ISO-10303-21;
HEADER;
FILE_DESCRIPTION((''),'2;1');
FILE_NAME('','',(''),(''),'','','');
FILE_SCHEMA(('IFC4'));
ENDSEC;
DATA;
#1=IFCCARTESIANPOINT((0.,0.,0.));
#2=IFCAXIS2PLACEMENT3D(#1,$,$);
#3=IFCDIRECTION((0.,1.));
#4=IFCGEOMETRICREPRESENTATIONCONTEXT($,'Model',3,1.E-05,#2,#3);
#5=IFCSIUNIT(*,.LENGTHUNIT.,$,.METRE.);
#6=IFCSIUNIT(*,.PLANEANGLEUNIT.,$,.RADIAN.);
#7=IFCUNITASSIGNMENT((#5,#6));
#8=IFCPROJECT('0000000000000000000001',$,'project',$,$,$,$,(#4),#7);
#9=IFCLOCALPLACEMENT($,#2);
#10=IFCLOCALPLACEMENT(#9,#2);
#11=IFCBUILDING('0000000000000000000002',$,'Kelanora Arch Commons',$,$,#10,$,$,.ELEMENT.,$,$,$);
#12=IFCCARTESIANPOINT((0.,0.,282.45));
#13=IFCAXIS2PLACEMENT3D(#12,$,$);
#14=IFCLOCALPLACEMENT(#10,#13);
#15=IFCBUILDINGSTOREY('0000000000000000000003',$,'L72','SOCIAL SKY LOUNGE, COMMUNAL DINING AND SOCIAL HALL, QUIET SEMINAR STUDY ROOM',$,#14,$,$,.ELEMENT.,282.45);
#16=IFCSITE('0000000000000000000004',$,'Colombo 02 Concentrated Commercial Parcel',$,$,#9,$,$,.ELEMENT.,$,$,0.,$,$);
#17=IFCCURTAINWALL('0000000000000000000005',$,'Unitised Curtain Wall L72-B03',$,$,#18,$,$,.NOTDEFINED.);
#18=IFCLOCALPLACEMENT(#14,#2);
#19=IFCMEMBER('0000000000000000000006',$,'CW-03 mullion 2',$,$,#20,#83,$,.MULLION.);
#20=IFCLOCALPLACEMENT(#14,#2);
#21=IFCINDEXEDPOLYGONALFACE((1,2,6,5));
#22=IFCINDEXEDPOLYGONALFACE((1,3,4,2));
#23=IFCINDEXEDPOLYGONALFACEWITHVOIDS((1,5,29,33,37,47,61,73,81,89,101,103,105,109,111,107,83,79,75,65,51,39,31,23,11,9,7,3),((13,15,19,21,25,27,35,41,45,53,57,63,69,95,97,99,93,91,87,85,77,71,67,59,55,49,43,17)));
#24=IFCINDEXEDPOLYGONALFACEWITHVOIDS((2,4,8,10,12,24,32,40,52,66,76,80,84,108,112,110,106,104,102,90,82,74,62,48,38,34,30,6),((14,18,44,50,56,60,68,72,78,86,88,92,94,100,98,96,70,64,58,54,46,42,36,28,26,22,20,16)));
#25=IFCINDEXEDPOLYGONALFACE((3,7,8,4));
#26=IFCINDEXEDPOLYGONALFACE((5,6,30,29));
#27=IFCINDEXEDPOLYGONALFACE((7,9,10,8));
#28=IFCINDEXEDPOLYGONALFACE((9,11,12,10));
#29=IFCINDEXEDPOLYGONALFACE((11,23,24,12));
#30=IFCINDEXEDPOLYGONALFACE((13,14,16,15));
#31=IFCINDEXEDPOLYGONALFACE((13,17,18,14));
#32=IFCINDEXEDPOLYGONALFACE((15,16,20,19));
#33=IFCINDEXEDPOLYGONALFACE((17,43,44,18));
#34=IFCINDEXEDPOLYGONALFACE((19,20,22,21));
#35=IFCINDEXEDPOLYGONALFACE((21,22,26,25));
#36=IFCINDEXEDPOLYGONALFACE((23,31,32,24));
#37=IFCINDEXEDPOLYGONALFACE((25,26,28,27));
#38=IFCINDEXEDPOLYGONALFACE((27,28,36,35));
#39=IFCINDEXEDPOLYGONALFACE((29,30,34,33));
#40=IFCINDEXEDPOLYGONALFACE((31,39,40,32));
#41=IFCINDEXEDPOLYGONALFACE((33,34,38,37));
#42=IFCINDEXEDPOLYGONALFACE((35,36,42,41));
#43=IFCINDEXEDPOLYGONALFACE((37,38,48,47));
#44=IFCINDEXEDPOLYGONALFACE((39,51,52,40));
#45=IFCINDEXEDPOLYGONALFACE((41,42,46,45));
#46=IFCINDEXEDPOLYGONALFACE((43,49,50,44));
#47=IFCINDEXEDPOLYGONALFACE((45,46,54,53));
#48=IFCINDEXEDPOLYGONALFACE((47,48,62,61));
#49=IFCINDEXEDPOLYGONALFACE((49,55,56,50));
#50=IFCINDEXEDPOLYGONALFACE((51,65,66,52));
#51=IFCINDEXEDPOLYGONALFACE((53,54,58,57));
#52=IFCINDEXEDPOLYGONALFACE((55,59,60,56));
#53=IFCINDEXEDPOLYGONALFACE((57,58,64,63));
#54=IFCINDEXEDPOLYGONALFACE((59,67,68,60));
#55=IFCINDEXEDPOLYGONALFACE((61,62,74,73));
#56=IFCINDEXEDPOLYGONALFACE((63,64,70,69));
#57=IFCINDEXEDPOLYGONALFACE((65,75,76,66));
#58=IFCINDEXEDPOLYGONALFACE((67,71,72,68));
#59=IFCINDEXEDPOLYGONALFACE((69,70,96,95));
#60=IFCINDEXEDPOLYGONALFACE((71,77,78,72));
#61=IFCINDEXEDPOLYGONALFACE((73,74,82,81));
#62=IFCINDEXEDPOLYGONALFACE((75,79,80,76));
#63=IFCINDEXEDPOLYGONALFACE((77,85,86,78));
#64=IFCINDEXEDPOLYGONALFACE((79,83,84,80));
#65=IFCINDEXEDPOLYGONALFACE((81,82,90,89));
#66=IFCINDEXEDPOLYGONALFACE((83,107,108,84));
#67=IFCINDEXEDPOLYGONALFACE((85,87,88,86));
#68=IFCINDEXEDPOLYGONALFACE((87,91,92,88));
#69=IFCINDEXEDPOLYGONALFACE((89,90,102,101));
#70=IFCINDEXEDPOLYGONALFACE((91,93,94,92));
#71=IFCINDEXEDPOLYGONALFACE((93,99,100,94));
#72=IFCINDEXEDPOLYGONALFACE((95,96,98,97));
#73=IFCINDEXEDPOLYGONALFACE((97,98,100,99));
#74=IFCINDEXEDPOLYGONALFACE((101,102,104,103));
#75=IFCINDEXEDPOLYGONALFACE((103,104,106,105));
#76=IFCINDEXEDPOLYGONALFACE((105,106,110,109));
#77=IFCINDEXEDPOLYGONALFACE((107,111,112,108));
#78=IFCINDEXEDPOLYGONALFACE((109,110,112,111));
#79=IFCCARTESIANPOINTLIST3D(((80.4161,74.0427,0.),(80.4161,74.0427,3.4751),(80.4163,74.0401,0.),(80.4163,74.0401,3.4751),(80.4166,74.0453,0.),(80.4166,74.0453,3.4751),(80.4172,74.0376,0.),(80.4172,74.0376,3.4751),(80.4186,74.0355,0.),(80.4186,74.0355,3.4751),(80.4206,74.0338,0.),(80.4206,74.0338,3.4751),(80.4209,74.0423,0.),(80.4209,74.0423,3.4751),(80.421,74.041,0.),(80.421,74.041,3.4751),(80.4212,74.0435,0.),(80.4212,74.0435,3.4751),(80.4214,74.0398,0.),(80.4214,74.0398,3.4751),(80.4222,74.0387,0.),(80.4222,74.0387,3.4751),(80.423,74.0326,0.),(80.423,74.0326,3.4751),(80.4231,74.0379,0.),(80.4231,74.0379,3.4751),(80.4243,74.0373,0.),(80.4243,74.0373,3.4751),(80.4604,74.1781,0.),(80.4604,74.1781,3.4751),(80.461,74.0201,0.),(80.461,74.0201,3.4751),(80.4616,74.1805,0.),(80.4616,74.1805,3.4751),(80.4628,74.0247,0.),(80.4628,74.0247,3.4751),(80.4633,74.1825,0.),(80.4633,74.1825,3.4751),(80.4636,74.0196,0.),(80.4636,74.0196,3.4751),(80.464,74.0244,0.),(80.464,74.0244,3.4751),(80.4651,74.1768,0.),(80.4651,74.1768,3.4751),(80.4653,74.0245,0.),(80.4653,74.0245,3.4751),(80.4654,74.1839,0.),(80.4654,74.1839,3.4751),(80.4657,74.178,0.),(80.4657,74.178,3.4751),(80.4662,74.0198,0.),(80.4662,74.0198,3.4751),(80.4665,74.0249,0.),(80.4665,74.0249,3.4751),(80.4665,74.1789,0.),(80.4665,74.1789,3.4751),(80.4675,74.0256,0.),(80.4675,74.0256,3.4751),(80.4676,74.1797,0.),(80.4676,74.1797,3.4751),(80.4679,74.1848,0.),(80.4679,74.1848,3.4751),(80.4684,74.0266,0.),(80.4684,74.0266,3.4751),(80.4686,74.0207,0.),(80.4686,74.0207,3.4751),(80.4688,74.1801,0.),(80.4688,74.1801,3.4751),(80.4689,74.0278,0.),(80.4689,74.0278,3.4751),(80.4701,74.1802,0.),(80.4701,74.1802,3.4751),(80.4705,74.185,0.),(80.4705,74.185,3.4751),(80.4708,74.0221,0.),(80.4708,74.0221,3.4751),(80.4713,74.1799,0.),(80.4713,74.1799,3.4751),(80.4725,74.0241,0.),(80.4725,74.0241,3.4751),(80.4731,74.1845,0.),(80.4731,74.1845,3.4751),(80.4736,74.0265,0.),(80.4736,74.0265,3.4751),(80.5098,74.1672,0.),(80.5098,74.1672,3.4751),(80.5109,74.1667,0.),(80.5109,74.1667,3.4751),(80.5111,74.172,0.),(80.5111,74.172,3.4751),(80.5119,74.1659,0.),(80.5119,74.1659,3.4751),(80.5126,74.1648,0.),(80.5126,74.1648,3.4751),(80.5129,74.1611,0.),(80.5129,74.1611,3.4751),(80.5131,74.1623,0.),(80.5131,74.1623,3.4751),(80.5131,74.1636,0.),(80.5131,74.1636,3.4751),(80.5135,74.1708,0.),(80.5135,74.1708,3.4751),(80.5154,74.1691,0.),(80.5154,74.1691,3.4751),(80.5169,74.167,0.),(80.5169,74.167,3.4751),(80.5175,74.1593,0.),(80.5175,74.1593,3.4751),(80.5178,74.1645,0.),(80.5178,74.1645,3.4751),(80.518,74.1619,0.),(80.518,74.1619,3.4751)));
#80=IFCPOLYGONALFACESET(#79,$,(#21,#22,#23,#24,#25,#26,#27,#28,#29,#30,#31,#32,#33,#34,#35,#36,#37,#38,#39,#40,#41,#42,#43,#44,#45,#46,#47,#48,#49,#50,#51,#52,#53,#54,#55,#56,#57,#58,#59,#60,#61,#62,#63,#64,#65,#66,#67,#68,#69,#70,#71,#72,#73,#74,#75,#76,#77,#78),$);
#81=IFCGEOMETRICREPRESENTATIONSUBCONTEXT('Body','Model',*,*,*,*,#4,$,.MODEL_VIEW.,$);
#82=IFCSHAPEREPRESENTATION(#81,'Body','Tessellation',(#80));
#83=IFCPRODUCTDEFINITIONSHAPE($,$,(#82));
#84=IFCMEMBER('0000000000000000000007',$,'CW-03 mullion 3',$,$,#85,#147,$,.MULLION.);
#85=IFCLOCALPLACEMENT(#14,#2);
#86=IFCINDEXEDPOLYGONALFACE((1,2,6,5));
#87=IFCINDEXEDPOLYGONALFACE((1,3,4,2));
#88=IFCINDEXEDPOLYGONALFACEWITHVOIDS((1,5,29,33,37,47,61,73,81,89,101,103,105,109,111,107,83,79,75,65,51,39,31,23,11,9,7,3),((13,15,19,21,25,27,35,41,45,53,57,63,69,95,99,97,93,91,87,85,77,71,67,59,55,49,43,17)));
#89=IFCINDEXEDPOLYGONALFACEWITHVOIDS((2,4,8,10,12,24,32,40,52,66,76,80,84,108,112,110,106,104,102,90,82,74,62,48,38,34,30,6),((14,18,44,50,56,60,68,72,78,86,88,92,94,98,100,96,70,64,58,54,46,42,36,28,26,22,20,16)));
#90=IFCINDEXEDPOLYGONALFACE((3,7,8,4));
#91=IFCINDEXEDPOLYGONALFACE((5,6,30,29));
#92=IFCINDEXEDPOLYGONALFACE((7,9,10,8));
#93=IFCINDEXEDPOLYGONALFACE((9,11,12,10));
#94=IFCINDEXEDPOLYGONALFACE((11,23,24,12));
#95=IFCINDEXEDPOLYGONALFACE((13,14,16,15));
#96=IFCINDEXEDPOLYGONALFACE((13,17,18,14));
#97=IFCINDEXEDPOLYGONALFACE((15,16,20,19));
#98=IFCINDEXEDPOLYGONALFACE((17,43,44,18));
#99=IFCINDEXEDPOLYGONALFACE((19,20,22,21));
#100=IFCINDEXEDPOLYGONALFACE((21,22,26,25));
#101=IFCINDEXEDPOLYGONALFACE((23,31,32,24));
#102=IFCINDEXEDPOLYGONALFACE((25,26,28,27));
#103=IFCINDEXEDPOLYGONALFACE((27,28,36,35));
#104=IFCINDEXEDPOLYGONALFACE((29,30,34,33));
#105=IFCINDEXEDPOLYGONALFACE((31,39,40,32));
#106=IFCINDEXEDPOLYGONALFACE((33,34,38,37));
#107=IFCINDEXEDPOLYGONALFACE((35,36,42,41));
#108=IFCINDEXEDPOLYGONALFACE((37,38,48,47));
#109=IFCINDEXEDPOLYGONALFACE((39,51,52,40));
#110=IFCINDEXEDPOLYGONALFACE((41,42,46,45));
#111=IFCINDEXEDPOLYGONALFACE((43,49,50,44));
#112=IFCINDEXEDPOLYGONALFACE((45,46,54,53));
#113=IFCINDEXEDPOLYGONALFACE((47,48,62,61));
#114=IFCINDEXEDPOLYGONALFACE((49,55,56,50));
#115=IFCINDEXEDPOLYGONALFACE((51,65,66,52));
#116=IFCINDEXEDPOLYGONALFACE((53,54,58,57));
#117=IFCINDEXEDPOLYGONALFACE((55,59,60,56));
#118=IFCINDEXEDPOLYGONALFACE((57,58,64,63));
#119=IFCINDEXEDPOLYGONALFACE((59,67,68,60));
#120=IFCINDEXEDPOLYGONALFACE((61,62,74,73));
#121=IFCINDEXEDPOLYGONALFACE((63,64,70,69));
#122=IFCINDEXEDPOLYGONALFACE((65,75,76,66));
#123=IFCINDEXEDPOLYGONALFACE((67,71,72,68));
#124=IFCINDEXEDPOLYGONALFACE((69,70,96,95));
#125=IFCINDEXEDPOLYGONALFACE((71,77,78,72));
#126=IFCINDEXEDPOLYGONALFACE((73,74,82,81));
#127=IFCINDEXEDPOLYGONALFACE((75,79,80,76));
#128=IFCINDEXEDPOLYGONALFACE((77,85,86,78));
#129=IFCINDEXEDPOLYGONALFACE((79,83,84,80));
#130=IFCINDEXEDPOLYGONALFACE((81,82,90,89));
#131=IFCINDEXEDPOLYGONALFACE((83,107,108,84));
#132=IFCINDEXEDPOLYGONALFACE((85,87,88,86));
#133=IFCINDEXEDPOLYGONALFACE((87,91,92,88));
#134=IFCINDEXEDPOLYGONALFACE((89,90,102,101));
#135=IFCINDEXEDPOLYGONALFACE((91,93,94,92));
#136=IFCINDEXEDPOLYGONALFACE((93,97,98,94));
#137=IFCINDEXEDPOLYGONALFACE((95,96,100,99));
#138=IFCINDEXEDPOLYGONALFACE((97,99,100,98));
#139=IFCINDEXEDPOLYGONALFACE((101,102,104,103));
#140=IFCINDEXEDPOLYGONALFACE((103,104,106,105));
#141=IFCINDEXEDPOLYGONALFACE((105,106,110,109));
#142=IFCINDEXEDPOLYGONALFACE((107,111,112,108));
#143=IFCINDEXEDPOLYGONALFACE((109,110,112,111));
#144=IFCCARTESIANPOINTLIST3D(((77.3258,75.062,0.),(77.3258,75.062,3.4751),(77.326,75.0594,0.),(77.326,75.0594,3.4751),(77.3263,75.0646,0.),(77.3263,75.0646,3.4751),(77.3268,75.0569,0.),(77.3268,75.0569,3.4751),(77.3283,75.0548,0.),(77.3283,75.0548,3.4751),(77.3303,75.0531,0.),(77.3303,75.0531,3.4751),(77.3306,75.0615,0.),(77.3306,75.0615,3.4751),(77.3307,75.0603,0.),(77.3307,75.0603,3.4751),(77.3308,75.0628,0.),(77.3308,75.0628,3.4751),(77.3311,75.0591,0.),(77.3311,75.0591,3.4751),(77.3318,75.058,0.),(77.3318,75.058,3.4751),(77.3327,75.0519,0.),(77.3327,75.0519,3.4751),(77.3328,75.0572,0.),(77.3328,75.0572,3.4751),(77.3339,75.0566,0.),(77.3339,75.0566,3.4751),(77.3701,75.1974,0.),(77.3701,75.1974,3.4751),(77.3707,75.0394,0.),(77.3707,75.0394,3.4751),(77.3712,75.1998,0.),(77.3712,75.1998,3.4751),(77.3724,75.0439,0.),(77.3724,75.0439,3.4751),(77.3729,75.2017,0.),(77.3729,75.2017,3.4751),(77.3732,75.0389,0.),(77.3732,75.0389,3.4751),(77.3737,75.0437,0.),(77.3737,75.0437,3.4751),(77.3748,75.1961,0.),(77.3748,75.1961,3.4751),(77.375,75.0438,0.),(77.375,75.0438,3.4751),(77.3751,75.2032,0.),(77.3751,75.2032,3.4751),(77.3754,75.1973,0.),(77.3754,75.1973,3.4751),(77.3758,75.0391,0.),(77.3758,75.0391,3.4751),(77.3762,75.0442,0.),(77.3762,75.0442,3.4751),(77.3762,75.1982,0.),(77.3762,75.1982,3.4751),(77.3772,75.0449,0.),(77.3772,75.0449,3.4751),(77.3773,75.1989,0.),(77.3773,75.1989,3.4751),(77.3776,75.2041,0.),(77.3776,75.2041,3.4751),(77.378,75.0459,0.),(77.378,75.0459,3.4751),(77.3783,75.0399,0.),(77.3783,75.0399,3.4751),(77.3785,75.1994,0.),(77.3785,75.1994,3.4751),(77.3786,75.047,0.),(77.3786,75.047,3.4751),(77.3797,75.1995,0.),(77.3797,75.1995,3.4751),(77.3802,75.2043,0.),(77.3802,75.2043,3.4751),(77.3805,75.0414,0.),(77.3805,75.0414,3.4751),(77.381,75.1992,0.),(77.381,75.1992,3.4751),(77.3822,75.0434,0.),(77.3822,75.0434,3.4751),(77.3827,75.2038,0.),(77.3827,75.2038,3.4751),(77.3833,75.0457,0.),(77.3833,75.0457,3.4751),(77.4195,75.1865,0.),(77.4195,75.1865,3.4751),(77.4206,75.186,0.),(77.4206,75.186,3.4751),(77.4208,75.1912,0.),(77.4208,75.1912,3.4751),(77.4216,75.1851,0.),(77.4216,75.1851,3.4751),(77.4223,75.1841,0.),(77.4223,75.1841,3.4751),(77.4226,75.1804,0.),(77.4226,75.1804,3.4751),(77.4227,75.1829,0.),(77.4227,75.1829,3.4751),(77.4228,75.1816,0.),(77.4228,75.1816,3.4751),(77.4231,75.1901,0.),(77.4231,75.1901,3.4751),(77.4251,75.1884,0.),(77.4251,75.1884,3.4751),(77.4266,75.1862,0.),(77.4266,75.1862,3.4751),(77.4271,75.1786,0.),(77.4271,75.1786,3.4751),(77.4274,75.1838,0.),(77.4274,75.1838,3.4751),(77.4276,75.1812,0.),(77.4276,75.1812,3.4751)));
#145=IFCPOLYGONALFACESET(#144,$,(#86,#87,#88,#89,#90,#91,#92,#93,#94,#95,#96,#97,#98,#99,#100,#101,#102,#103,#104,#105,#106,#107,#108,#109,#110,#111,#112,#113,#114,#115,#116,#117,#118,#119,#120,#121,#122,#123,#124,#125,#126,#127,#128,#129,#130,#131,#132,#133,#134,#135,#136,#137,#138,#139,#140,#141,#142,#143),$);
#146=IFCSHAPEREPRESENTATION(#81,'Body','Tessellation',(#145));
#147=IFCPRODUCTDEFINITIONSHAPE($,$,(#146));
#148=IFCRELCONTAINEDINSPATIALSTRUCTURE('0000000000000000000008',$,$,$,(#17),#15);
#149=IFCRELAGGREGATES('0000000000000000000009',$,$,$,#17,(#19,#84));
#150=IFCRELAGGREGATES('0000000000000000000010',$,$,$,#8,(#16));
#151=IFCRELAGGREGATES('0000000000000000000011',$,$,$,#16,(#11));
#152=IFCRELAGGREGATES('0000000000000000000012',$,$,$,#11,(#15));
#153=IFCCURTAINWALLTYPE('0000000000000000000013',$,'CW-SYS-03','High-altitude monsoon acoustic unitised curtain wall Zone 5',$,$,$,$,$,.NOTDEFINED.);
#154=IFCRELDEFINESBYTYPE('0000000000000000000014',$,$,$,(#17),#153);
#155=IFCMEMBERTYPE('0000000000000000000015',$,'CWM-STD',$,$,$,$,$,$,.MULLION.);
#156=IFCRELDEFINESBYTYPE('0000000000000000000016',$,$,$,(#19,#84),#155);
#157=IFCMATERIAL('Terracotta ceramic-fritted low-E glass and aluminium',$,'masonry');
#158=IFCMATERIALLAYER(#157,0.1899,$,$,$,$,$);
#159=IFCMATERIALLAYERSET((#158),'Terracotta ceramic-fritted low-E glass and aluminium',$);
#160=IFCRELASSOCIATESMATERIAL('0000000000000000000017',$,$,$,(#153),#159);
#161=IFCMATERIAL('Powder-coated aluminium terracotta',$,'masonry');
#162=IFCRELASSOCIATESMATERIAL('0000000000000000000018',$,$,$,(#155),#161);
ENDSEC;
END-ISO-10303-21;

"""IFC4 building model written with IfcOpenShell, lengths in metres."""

from ifc_helpers import new_model, si_unit, direction, frame, origin, origin_2d, place, context, subcontext, project, spatial, hollow_rectangle, extrude, material, layer, layer_set, material_profile, profile_set, type_object, element, aggregate, save


model = new_model("IFC4")

# Units and contexts
model_context = context("Model", 3, precision=1e-05, world=origin(), true_north=direction((0.0, 1.0)))
body_context = subcontext(model_context, "Body", "Model", "MODEL_VIEW")
ifc_project = project(units=[si_unit("LENGTHUNIT", "METRE"), si_unit("PLANEANGLEUNIT", "RADIAN")], contexts=[model_context])

# Site, building, storey
site_placement = place(None, origin())
site = spatial("IfcSite", under=ifc_project, at=site_placement, Name="Colombo 02 Concentrated Commercial Parcel", CompositionType="ELEMENT", RefElevation=0.0)
building_placement = place(site_placement, origin())
building = spatial("IfcBuilding", under=site, at=building_placement, Name="Kelanora Arch Commons", CompositionType="ELEMENT")
storey_placement = place(building_placement, frame((0.0, 0.0, 282.45)))
storey = spatial("IfcBuildingStorey", under=building, at=storey_placement, Name="L72", Description="SOCIAL SKY LOUNGE, COMMUNAL DINING AND SOCIAL HALL, QUIET SEMINAR STUDY ROOM", CompositionType="ELEMENT", Elevation=282.45)

# Curtain wall, members
ifc_material_1 = material(Name="Terracotta ceramic-fritted low-E glass and aluminium", Category="masonry")
ifc_layer_1 = layer(ifc_material_1, 0.1899)
ifc_layer_set_1 = layer_set([ifc_layer_1], Name="Terracotta ceramic-fritted low-E glass and aluminium")
curtain_wall_type = type_object("IfcCurtainWallType", Name="CW-SYS-03", Description="High-altitude monsoon acoustic unitised curtain wall Zone 5", PredefinedType="NOTDEFINED", material=ifc_layer_set_1)
curtain_wall_placement = place(storey_placement, origin())
curtain_wall = element("IfcCurtainWall", 1, at=curtain_wall_placement, inside=storey, type_object=curtain_wall_type, Name="Unitised Curtain Wall L72-B03", PredefinedType="NOTDEFINED")
ifc_material_2 = material(Name="Powder-coated aluminium terracotta", Category="masonry")
ifc_material_profile_1 = material_profile(ifc_material_2, hollow_rectangle(XDim=0.1599, YDim=0.0601, WallThickness=0.0049, InnerFilletRadius=0.0049, OuterFilletRadius=0.01, at=origin_2d()), Name="CWM160x60")
ifc_profile_set_1 = profile_set([ifc_material_profile_1], Name="Powder-coated aluminium terracotta")
member_type_1 = type_object("IfcMemberType", Name="CWM-STD", PredefinedType="MULLION", material=ifc_profile_set_1)
member_1_placement = place(storey_placement, frame((80.467, 74.1023, 0.0), z_axis=(0.0, 0.0, 1.0), x_axis=(-0.313253, -0.94967, 0.0)))
member_1 = element("IfcMember", 2, at=member_1_placement, type_object=member_type_1, Name="CW-03 mullion 2", PredefinedType="MULLION", context=body_context, shape_type="SweptSolid", body=[
    extrude(hollow_rectangle(XDim=0.1599, YDim=0.0601, WallThickness=0.0049, InnerFilletRadius=0.0049, OuterFilletRadius=0.01, at=origin_2d()), origin(), (0.0, 0.0, 1.0), 3.4751),
])
member_2_placement = place(storey_placement, frame((77.3767, 75.1216, 0.0), z_axis=(0.0, 0.0, 1.0), x_axis=(-0.313253, -0.94967, 0.0)))
member_2 = element("IfcMember", 3, at=member_2_placement, type_object=member_type_1, Name="CW-03 mullion 3", PredefinedType="MULLION", context=body_context, shape_type="SweptSolid", body=[
    extrude(hollow_rectangle(XDim=0.1599, YDim=0.0601, WallThickness=0.0049, InnerFilletRadius=0.0049, OuterFilletRadius=0.01, at=origin_2d()), origin(), (0.0, 0.0, 1.0), 3.4751),
])
aggregate(curtain_wall, [member_1, member_2])

save(model, "model.ifc")
